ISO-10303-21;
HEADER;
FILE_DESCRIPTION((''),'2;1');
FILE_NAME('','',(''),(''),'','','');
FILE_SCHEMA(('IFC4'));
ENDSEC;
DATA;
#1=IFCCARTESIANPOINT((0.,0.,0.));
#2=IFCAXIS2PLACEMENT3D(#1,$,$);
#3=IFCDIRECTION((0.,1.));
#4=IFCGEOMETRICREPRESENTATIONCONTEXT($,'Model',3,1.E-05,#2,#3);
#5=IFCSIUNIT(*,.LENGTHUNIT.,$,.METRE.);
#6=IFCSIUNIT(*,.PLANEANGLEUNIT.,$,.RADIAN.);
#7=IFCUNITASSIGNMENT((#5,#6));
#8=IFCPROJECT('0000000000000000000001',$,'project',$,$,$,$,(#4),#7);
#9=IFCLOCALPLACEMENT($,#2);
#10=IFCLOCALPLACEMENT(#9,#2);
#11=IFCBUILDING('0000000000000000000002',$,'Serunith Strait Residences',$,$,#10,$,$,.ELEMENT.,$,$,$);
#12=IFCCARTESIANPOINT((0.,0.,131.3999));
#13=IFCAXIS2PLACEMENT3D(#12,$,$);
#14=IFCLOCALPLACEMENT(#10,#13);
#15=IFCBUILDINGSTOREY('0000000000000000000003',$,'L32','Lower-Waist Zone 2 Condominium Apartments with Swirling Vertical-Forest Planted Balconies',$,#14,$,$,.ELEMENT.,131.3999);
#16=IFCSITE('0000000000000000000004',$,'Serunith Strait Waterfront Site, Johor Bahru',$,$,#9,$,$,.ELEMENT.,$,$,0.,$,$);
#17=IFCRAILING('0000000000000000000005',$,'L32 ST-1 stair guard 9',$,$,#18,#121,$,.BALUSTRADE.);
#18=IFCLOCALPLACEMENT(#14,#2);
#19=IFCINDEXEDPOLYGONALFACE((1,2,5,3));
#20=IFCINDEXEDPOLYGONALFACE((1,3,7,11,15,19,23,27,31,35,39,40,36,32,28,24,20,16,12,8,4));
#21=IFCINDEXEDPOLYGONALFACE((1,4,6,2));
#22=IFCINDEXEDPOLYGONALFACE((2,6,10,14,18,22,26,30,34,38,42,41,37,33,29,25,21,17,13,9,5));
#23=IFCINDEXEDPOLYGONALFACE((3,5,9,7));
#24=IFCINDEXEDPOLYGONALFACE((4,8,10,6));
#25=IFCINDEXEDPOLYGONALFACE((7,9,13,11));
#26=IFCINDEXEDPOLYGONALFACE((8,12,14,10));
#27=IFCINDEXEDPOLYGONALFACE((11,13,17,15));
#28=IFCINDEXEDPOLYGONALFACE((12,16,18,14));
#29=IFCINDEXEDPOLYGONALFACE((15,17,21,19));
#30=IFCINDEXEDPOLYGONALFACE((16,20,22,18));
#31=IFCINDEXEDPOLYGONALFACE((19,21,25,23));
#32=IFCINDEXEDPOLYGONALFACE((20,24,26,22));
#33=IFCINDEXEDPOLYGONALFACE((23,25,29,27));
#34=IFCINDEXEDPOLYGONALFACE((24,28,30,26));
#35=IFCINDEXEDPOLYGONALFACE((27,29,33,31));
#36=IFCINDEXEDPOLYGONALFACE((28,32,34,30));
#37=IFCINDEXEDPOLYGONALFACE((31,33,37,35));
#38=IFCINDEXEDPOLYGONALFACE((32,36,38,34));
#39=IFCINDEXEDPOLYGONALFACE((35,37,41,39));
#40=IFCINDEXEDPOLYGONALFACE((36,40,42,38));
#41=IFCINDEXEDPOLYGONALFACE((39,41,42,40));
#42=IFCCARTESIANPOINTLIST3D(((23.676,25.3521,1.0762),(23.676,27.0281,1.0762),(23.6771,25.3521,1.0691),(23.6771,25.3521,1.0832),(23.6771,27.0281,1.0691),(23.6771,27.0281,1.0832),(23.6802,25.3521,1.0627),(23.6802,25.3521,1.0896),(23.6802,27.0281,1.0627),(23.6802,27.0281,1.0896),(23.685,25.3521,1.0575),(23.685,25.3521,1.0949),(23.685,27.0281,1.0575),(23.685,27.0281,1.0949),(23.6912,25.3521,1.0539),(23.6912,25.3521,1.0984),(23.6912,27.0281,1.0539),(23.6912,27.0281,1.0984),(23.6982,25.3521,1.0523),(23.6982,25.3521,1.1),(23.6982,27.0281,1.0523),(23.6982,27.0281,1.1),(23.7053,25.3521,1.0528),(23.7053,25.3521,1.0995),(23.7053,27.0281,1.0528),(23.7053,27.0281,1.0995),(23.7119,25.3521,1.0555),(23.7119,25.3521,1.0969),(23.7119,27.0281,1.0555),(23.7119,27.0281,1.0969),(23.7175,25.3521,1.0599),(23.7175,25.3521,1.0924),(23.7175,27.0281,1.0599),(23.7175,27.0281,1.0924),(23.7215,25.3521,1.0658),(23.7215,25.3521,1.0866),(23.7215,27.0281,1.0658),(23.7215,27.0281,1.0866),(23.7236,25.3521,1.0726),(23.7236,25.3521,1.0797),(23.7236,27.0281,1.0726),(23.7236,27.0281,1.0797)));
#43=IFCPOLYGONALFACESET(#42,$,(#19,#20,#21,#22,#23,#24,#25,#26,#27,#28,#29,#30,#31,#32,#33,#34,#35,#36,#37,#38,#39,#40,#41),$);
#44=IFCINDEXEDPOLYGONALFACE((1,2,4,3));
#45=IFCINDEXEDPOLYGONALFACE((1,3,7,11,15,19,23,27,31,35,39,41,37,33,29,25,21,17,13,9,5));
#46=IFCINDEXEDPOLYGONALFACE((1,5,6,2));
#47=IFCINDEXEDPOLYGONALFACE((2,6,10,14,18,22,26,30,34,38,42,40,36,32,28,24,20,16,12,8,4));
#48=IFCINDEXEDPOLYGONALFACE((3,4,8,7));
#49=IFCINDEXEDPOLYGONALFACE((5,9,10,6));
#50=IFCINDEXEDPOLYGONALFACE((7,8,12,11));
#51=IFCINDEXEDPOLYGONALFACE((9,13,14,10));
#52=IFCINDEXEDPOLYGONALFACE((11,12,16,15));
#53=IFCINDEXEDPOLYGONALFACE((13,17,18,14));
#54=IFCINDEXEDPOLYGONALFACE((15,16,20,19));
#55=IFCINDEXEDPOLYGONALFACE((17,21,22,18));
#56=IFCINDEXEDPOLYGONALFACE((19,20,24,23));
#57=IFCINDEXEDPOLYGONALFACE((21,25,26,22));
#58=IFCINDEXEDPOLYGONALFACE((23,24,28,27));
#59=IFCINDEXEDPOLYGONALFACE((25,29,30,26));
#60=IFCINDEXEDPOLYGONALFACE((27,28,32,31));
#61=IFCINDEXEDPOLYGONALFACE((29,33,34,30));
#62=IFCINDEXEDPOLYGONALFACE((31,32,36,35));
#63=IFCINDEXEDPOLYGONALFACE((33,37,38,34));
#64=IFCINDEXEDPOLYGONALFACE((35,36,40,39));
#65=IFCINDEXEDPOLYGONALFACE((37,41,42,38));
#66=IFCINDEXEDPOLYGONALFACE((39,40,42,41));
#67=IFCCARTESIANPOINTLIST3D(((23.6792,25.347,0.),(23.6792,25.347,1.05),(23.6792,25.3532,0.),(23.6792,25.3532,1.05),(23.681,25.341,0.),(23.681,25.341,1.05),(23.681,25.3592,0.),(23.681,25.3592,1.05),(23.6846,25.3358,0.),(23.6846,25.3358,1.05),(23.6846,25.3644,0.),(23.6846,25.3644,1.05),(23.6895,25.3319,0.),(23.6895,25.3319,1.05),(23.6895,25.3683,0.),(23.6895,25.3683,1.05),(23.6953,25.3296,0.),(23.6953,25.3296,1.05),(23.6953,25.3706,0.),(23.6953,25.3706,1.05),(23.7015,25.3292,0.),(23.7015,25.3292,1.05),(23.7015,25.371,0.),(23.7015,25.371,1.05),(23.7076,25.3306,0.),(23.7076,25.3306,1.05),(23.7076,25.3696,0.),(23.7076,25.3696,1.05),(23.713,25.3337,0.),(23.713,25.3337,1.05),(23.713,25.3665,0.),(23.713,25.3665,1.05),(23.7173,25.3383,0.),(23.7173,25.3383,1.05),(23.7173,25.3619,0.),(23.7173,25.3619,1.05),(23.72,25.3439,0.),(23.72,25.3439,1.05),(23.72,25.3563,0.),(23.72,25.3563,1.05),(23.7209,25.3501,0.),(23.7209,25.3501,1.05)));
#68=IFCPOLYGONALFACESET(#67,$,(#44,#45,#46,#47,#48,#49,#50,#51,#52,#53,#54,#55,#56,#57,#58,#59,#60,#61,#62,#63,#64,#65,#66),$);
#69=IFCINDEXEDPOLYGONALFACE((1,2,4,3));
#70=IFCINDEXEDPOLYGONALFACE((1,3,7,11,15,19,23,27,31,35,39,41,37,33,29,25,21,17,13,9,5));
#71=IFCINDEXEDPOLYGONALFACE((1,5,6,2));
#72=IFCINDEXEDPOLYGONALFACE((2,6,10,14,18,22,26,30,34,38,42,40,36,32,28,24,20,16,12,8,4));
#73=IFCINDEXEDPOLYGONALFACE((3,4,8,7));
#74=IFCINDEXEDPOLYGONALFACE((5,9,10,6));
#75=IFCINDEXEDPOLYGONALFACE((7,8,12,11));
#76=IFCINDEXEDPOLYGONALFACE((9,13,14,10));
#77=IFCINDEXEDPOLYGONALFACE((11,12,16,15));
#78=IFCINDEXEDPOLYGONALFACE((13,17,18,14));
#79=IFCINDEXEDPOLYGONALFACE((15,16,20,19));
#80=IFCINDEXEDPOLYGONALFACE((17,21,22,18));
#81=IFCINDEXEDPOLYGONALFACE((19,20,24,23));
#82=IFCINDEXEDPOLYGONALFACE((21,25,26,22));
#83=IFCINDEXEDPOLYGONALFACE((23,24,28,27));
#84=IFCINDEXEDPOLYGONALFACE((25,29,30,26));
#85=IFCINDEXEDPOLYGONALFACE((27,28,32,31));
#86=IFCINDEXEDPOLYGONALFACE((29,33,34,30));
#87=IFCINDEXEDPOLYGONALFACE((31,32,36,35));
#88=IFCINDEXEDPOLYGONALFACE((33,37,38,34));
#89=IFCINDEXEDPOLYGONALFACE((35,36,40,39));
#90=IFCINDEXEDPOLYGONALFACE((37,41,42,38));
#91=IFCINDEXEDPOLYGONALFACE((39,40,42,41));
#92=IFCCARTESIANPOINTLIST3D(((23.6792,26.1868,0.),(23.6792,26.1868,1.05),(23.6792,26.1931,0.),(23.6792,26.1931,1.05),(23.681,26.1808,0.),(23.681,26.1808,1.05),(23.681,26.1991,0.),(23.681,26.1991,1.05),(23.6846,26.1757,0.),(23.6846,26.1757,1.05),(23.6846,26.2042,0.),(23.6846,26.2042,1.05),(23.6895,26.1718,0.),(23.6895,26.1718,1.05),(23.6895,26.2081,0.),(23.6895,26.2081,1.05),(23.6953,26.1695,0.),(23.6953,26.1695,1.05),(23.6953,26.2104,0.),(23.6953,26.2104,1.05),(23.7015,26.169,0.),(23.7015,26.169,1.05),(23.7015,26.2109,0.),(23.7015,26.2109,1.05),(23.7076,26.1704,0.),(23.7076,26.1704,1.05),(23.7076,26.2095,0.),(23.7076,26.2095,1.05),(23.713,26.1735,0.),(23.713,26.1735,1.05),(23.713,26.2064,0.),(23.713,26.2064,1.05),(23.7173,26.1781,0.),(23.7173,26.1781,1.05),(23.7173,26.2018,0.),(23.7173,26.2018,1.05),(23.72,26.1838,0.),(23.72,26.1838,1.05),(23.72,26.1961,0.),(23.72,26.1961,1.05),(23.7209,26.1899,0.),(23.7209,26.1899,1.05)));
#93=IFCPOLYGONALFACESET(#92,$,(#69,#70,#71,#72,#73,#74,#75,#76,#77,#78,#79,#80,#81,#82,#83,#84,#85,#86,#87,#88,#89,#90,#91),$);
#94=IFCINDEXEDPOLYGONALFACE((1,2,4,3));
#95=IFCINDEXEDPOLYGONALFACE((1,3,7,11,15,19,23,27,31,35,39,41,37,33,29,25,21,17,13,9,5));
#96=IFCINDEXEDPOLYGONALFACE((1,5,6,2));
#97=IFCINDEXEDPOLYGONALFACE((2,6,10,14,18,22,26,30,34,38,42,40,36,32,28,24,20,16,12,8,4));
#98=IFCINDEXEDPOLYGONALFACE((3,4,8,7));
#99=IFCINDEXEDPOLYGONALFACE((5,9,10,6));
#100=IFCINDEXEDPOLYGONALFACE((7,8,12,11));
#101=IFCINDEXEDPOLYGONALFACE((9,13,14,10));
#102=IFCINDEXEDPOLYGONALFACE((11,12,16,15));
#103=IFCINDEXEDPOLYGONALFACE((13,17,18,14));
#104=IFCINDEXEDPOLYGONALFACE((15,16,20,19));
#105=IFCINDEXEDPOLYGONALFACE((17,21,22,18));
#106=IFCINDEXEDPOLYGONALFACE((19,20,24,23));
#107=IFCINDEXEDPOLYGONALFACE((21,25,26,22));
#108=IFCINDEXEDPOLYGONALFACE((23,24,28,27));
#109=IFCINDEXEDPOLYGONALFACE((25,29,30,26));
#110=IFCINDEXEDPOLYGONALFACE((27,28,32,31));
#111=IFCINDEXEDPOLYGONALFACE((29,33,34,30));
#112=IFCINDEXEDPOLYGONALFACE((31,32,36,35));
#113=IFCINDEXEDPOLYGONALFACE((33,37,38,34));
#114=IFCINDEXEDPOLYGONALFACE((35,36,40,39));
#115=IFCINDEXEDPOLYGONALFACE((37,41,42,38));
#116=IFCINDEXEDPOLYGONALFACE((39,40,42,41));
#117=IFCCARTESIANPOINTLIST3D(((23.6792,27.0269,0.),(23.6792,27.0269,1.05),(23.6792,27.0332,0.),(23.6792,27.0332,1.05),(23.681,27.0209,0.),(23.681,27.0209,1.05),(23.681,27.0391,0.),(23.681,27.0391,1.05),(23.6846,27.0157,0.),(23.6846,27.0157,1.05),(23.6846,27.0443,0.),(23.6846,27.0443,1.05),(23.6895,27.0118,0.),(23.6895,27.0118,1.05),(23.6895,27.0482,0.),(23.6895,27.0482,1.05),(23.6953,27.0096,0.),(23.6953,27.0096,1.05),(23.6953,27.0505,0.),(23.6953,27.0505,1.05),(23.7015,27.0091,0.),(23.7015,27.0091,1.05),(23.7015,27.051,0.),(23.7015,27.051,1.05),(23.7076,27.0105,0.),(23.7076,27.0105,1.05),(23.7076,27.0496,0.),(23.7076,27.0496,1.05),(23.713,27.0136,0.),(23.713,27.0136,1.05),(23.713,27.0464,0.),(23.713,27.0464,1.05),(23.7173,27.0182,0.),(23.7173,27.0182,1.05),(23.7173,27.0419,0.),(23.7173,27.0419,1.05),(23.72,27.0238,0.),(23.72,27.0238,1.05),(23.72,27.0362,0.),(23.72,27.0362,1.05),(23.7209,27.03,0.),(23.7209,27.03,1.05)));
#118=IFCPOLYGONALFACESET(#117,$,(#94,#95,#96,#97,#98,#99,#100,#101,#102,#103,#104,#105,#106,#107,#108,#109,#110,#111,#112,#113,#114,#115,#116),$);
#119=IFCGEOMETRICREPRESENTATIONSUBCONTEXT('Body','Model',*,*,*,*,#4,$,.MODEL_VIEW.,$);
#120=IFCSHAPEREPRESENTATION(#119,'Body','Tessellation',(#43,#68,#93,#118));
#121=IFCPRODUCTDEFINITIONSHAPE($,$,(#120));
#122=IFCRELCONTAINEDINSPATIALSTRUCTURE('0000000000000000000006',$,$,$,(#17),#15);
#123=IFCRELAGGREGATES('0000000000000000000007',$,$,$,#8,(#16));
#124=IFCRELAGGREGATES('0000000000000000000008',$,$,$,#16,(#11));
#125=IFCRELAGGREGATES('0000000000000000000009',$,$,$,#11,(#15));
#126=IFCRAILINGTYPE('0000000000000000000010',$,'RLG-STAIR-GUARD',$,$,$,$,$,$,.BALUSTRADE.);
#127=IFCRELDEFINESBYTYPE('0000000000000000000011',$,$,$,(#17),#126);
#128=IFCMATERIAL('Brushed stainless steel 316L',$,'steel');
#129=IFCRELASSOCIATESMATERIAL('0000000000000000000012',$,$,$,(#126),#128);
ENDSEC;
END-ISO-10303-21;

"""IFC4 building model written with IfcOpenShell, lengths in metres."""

from ifc_helpers import new_model, si_unit, direction, frame, origin, origin_2d, place, context, subcontext, project, spatial, circle, extrude, material, type_object, element, save


model = new_model("IFC4")

# Units and contexts
model_context = context("Model", 3, precision=1e-05, world=origin(), true_north=direction((0.0, 1.0)))
body_context = subcontext(model_context, "Body", "Model", "MODEL_VIEW")
ifc_project = project(units=[si_unit("LENGTHUNIT", "METRE"), si_unit("PLANEANGLEUNIT", "RADIAN")], contexts=[model_context])

# Site, building, storey
site_placement = place(None, origin())
site = spatial("IfcSite", under=ifc_project, at=site_placement, Name="Serunith Strait Waterfront Site, Johor Bahru", CompositionType="ELEMENT", RefElevation=0.0)
building_placement = place(site_placement, origin())
building = spatial("IfcBuilding", under=site, at=building_placement, Name="Serunith Strait Residences", CompositionType="ELEMENT")
storey_placement = place(building_placement, frame((0.0, 0.0, 131.3999)))
storey = spatial("IfcBuildingStorey", under=building, at=storey_placement, Name="L32", Description="Lower-Waist Zone 2 Condominium Apartments with Swirling Vertical-Forest Planted Balconies", CompositionType="ELEMENT", Elevation=131.3999)

# Railing
ifc_material_1 = material(Name="Brushed stainless steel 316L", Category="steel")
railing_type_1 = type_object("IfcRailingType", Name="RLG-STAIR-GUARD", PredefinedType="BALUSTRADE", material=ifc_material_1)
for number, where, name in (
    (1, (23.7, 25.3501, 0.0), "L32 ST-1 stair guard 9"),
):
    element("IfcRailing", number, at=place(storey_placement, frame(where)), inside=storey, type_object=railing_type_1, Name=name, PredefinedType="BALUSTRADE", context=body_context, shape_type="SweptSolid", body=[
        extrude(circle(Radius=0.0239, at=origin_2d()), frame((0.0, 0.002, 1.0762), z_axis=(0.0, 1.0, 0.0), x_axis=(-1.0, 0.0, 0.0)), (0.0, 0.0, 1.0), 1.676),
        extrude(circle(Radius=0.021, at=origin_2d()), origin(), (0.0, 0.0, 1.0), 1.05),
        extrude(circle(Radius=0.021, at=origin_2d()), frame((0.0, 0.8398, 0.0)), (0.0, 0.0, 1.0), 1.05),
        extrude(circle(Radius=0.021, at=origin_2d()), frame((0.0, 1.6799, 0.0)), (0.0, 0.0, 1.0), 1.05),
    ])

save(model, "model.ifc")
